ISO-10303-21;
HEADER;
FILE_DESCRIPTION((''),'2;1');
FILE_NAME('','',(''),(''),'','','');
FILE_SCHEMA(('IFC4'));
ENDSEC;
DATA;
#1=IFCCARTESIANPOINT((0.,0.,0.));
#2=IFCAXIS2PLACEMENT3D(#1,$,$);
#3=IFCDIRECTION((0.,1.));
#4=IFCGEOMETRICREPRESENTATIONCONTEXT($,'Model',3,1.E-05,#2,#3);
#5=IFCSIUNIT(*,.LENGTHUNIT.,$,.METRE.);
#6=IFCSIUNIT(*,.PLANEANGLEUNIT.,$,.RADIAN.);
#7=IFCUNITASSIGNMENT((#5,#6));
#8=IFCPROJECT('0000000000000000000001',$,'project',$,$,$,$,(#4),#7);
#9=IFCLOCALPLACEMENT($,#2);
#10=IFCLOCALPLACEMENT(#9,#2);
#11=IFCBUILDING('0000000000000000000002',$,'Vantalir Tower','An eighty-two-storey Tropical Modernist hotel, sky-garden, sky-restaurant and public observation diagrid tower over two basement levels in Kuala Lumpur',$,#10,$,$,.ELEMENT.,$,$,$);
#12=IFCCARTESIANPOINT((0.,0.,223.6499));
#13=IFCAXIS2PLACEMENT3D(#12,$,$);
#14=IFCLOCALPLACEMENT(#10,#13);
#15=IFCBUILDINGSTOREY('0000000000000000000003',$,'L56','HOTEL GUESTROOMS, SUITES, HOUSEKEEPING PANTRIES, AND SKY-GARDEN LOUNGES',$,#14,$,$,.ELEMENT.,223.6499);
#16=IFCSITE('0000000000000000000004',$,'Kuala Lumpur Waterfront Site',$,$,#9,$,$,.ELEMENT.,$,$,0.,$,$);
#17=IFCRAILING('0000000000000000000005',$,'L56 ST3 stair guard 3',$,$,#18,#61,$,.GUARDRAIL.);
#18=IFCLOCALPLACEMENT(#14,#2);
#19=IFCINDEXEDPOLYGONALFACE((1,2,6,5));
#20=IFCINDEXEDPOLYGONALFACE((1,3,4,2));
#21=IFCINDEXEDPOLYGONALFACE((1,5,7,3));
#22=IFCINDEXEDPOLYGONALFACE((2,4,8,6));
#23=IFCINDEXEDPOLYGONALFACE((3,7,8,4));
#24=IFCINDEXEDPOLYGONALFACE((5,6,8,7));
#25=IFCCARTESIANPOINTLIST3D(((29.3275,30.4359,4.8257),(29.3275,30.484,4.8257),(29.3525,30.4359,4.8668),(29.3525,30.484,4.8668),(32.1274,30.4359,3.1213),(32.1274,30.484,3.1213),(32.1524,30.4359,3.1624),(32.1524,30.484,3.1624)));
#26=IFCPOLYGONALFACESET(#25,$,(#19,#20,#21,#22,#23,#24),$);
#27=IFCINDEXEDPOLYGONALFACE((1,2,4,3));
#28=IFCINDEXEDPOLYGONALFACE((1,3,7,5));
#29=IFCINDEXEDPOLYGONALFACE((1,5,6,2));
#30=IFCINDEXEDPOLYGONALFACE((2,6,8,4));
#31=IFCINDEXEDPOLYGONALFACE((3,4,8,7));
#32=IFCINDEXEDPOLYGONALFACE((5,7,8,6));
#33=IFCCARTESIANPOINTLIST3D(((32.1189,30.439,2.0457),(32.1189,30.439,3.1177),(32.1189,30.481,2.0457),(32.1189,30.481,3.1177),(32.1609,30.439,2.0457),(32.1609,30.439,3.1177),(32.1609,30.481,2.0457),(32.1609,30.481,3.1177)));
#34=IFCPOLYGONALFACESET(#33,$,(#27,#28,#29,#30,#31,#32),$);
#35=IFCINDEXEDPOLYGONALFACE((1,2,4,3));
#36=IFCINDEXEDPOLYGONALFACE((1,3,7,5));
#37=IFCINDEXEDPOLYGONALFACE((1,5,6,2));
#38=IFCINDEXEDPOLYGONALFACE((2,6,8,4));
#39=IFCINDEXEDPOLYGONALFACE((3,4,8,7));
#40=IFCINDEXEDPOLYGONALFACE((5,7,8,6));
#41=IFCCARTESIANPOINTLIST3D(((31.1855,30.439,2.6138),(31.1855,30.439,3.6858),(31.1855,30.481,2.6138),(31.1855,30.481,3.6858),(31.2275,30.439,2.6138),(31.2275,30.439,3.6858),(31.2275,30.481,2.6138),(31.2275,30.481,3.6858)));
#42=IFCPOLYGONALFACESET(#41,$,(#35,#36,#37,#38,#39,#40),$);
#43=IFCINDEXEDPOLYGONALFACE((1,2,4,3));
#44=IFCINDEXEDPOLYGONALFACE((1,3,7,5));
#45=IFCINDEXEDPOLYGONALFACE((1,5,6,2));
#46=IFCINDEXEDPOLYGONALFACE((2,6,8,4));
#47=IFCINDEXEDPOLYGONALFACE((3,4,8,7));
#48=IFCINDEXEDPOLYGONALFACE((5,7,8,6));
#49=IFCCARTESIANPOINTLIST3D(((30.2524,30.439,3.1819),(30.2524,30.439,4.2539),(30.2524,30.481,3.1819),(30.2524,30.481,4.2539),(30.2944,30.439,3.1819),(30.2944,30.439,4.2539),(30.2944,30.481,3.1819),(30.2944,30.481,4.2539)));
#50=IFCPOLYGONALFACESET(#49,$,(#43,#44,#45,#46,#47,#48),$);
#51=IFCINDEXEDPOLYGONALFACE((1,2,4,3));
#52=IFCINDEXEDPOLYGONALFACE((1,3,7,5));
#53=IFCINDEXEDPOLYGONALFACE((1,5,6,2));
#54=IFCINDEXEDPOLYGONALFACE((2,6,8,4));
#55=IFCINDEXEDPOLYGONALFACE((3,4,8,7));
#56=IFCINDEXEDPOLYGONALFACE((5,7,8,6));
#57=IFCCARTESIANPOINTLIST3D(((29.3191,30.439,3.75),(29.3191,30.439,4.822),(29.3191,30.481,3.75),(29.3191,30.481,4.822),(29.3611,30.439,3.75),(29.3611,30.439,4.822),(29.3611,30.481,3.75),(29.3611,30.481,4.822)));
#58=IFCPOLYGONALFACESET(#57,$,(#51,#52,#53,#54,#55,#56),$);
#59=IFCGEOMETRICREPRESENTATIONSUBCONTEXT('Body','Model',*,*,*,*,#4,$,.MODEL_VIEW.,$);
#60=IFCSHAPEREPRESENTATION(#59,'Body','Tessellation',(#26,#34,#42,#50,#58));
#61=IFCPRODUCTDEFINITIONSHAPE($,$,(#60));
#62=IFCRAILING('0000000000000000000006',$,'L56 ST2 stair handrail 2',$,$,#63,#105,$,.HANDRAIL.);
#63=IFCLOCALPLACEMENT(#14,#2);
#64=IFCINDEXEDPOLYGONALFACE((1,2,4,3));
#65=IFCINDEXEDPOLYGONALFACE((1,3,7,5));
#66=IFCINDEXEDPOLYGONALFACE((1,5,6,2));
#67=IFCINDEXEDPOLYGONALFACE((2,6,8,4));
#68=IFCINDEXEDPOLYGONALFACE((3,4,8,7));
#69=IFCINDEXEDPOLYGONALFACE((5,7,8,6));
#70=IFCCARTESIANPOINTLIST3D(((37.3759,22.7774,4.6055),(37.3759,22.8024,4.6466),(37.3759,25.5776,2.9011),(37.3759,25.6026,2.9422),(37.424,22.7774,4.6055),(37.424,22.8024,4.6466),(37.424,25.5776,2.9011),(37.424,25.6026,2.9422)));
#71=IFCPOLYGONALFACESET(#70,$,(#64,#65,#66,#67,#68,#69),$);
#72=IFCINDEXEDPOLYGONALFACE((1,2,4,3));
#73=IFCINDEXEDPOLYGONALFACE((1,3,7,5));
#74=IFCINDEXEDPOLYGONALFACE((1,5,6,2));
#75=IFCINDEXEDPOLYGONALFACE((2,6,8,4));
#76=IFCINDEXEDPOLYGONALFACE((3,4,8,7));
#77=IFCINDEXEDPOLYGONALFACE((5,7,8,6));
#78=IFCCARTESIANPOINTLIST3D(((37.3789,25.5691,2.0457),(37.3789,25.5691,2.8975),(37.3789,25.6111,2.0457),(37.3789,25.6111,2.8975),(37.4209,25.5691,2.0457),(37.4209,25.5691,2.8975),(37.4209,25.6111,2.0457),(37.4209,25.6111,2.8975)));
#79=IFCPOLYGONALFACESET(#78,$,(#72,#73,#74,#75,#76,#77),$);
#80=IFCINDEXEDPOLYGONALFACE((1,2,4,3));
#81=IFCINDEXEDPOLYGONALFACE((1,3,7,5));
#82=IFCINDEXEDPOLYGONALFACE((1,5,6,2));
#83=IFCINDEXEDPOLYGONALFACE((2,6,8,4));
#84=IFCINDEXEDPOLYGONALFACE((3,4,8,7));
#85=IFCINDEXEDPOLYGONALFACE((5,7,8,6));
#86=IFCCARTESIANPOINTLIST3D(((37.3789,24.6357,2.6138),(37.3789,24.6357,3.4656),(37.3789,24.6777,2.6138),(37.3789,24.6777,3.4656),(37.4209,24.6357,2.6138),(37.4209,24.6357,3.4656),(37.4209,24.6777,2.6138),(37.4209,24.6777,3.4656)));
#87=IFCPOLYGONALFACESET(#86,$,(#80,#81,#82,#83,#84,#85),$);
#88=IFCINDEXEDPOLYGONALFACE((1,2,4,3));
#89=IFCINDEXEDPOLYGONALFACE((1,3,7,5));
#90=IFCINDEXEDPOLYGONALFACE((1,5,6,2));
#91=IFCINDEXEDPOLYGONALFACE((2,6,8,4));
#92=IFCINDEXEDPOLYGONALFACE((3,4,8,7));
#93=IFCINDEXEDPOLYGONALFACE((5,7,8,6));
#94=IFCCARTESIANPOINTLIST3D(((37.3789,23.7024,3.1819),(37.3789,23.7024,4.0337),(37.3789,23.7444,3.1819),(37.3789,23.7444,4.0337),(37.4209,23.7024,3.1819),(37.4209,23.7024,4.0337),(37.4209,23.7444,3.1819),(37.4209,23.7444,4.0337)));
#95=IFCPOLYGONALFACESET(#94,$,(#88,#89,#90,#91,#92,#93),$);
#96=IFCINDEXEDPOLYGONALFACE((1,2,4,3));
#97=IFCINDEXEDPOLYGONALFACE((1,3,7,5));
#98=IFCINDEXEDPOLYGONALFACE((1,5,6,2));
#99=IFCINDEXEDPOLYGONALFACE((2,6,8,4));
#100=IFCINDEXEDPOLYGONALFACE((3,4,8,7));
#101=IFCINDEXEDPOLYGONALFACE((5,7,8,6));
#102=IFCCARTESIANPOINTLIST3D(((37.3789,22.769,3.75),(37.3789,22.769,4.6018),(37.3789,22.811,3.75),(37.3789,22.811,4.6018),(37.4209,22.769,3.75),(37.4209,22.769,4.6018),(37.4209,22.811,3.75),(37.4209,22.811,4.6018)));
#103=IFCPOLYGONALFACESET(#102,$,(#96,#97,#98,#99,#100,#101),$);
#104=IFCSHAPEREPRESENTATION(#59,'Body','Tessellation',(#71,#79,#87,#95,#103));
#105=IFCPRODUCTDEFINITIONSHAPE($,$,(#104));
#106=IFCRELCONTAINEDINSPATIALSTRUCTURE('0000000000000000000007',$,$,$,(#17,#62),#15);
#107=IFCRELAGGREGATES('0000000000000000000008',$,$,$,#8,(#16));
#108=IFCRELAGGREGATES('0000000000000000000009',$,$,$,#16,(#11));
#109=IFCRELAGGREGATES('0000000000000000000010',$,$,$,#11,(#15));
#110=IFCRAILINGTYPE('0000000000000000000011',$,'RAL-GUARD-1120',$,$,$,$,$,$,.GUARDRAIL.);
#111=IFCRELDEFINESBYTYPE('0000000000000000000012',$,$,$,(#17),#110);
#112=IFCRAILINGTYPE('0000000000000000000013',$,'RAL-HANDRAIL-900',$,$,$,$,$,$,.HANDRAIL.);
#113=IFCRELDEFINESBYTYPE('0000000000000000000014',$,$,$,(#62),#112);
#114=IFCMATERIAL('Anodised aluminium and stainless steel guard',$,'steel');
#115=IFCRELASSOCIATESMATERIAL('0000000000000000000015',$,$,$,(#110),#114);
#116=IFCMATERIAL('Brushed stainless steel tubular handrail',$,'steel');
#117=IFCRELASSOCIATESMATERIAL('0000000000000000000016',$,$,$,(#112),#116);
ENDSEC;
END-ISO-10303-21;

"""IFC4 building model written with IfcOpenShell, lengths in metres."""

from ifc_helpers import new_model, si_unit, direction, frame, origin, origin_2d, place, context, subcontext, project, spatial, rectangle, extrude, material, type_object, element, save


model = new_model("IFC4")

# Units and contexts
model_context = context("Model", 3, precision=1e-05, world=origin(), true_north=direction((0.0, 1.0)))
body_context = subcontext(model_context, "Body", "Model", "MODEL_VIEW")
ifc_project = project(units=[si_unit("LENGTHUNIT", "METRE"), si_unit("PLANEANGLEUNIT", "RADIAN")], contexts=[model_context])

# Site, building, storey
site_placement = place(None, origin())
site = spatial("IfcSite", under=ifc_project, at=site_placement, Name="Kuala Lumpur Waterfront Site", CompositionType="ELEMENT", RefElevation=0.0)
building_placement = place(site_placement, origin())
building = spatial("IfcBuilding", under=site, at=building_placement, Name="Vantalir Tower", Description="An eighty-two-storey Tropical Modernist hotel, sky-garden, sky-restaurant and public observation diagrid tower over two basement levels in Kuala Lumpur", CompositionType="ELEMENT")
storey_placement = place(building_placement, frame((0.0, 0.0, 223.6499)))
storey = spatial("IfcBuildingStorey", under=building, at=storey_placement, Name="L56", Description="HOTEL GUESTROOMS, SUITES, HOUSEKEEPING PANTRIES, AND SKY-GARDEN LOUNGES", CompositionType="ELEMENT", Elevation=223.6499)

# Railings
ifc_material_1 = material(Name="Anodised aluminium and stainless steel guard", Category="steel")
railing_type_1 = type_object("IfcRailingType", Name="RAL-GUARD-1120", PredefinedType="GUARDRAIL", material=ifc_material_1)
railing_1_placement = place(storey_placement, frame((32.1399, 30.46, 2.0457)))
element("IfcRailing", 1, at=railing_1_placement, inside=storey, type_object=railing_type_1, Name="L56 ST3 stair guard 3", PredefinedType="GUARDRAIL", context=body_context, shape_type="SweptSolid", body=[
    extrude(rectangle(XDim=0.0481, YDim=0.0481, at=origin_2d()), frame((0.0, 0.0, 1.0962), z_axis=(-0.854183, 0.0, 0.519973), x_axis=(0.0, -1.0, 0.0)), (0.0, 0.0, 1.0), 3.2778),
    extrude(rectangle(XDim=0.042, YDim=0.042, at=origin_2d()), origin(), (0.0, 0.0, 1.0), 1.072),
    extrude(rectangle(XDim=0.042, YDim=0.042, at=origin_2d()), frame((-0.9333, 0.0, 0.5681)), (0.0, 0.0, 1.0), 1.072),
    extrude(rectangle(XDim=0.042, YDim=0.042, at=origin_2d()), frame((-1.8665, 0.0, 1.1362)), (0.0, 0.0, 1.0), 1.072),
    extrude(rectangle(XDim=0.042, YDim=0.042, at=origin_2d()), frame((-2.7998, 0.0, 1.7043)), (0.0, 0.0, 1.0), 1.072),
])
ifc_material_2 = material(Name="Brushed stainless steel tubular handrail", Category="steel")
railing_type_2 = type_object("IfcRailingType", Name="RAL-HANDRAIL-900", PredefinedType="HANDRAIL", material=ifc_material_2)
railing_2_placement = place(storey_placement, frame((37.3999, 25.5901, 2.0457)))
element("IfcRailing", 2, at=railing_2_placement, inside=storey, type_object=railing_type_2, Name="L56 ST2 stair handrail 2", PredefinedType="HANDRAIL", context=body_context, shape_type="SweptSolid", body=[
    extrude(rectangle(XDim=0.0481, YDim=0.0481, at=origin_2d()), frame((0.0, 0.0, 0.876), z_axis=(0.0, -0.854203, 0.51994), x_axis=(1.0, 0.0, 0.0)), (0.0, 0.0, 1.0), 3.2781),
    extrude(rectangle(XDim=0.042, YDim=0.042, at=origin_2d()), origin(), (0.0, 0.0, 1.0), 0.8518),
    extrude(rectangle(XDim=0.042, YDim=0.042, at=origin_2d()), frame((0.0, -0.9333, 0.5681)), (0.0, 0.0, 1.0), 0.8518),
    extrude(rectangle(XDim=0.042, YDim=0.042, at=origin_2d()), frame((0.0, -1.8667, 1.1362)), (0.0, 0.0, 1.0), 0.8518),
    extrude(rectangle(XDim=0.042, YDim=0.042, at=origin_2d()), frame((0.0, -2.8, 1.7043)), (0.0, 0.0, 1.0), 0.8518),
])

save(model, "model.ifc")
